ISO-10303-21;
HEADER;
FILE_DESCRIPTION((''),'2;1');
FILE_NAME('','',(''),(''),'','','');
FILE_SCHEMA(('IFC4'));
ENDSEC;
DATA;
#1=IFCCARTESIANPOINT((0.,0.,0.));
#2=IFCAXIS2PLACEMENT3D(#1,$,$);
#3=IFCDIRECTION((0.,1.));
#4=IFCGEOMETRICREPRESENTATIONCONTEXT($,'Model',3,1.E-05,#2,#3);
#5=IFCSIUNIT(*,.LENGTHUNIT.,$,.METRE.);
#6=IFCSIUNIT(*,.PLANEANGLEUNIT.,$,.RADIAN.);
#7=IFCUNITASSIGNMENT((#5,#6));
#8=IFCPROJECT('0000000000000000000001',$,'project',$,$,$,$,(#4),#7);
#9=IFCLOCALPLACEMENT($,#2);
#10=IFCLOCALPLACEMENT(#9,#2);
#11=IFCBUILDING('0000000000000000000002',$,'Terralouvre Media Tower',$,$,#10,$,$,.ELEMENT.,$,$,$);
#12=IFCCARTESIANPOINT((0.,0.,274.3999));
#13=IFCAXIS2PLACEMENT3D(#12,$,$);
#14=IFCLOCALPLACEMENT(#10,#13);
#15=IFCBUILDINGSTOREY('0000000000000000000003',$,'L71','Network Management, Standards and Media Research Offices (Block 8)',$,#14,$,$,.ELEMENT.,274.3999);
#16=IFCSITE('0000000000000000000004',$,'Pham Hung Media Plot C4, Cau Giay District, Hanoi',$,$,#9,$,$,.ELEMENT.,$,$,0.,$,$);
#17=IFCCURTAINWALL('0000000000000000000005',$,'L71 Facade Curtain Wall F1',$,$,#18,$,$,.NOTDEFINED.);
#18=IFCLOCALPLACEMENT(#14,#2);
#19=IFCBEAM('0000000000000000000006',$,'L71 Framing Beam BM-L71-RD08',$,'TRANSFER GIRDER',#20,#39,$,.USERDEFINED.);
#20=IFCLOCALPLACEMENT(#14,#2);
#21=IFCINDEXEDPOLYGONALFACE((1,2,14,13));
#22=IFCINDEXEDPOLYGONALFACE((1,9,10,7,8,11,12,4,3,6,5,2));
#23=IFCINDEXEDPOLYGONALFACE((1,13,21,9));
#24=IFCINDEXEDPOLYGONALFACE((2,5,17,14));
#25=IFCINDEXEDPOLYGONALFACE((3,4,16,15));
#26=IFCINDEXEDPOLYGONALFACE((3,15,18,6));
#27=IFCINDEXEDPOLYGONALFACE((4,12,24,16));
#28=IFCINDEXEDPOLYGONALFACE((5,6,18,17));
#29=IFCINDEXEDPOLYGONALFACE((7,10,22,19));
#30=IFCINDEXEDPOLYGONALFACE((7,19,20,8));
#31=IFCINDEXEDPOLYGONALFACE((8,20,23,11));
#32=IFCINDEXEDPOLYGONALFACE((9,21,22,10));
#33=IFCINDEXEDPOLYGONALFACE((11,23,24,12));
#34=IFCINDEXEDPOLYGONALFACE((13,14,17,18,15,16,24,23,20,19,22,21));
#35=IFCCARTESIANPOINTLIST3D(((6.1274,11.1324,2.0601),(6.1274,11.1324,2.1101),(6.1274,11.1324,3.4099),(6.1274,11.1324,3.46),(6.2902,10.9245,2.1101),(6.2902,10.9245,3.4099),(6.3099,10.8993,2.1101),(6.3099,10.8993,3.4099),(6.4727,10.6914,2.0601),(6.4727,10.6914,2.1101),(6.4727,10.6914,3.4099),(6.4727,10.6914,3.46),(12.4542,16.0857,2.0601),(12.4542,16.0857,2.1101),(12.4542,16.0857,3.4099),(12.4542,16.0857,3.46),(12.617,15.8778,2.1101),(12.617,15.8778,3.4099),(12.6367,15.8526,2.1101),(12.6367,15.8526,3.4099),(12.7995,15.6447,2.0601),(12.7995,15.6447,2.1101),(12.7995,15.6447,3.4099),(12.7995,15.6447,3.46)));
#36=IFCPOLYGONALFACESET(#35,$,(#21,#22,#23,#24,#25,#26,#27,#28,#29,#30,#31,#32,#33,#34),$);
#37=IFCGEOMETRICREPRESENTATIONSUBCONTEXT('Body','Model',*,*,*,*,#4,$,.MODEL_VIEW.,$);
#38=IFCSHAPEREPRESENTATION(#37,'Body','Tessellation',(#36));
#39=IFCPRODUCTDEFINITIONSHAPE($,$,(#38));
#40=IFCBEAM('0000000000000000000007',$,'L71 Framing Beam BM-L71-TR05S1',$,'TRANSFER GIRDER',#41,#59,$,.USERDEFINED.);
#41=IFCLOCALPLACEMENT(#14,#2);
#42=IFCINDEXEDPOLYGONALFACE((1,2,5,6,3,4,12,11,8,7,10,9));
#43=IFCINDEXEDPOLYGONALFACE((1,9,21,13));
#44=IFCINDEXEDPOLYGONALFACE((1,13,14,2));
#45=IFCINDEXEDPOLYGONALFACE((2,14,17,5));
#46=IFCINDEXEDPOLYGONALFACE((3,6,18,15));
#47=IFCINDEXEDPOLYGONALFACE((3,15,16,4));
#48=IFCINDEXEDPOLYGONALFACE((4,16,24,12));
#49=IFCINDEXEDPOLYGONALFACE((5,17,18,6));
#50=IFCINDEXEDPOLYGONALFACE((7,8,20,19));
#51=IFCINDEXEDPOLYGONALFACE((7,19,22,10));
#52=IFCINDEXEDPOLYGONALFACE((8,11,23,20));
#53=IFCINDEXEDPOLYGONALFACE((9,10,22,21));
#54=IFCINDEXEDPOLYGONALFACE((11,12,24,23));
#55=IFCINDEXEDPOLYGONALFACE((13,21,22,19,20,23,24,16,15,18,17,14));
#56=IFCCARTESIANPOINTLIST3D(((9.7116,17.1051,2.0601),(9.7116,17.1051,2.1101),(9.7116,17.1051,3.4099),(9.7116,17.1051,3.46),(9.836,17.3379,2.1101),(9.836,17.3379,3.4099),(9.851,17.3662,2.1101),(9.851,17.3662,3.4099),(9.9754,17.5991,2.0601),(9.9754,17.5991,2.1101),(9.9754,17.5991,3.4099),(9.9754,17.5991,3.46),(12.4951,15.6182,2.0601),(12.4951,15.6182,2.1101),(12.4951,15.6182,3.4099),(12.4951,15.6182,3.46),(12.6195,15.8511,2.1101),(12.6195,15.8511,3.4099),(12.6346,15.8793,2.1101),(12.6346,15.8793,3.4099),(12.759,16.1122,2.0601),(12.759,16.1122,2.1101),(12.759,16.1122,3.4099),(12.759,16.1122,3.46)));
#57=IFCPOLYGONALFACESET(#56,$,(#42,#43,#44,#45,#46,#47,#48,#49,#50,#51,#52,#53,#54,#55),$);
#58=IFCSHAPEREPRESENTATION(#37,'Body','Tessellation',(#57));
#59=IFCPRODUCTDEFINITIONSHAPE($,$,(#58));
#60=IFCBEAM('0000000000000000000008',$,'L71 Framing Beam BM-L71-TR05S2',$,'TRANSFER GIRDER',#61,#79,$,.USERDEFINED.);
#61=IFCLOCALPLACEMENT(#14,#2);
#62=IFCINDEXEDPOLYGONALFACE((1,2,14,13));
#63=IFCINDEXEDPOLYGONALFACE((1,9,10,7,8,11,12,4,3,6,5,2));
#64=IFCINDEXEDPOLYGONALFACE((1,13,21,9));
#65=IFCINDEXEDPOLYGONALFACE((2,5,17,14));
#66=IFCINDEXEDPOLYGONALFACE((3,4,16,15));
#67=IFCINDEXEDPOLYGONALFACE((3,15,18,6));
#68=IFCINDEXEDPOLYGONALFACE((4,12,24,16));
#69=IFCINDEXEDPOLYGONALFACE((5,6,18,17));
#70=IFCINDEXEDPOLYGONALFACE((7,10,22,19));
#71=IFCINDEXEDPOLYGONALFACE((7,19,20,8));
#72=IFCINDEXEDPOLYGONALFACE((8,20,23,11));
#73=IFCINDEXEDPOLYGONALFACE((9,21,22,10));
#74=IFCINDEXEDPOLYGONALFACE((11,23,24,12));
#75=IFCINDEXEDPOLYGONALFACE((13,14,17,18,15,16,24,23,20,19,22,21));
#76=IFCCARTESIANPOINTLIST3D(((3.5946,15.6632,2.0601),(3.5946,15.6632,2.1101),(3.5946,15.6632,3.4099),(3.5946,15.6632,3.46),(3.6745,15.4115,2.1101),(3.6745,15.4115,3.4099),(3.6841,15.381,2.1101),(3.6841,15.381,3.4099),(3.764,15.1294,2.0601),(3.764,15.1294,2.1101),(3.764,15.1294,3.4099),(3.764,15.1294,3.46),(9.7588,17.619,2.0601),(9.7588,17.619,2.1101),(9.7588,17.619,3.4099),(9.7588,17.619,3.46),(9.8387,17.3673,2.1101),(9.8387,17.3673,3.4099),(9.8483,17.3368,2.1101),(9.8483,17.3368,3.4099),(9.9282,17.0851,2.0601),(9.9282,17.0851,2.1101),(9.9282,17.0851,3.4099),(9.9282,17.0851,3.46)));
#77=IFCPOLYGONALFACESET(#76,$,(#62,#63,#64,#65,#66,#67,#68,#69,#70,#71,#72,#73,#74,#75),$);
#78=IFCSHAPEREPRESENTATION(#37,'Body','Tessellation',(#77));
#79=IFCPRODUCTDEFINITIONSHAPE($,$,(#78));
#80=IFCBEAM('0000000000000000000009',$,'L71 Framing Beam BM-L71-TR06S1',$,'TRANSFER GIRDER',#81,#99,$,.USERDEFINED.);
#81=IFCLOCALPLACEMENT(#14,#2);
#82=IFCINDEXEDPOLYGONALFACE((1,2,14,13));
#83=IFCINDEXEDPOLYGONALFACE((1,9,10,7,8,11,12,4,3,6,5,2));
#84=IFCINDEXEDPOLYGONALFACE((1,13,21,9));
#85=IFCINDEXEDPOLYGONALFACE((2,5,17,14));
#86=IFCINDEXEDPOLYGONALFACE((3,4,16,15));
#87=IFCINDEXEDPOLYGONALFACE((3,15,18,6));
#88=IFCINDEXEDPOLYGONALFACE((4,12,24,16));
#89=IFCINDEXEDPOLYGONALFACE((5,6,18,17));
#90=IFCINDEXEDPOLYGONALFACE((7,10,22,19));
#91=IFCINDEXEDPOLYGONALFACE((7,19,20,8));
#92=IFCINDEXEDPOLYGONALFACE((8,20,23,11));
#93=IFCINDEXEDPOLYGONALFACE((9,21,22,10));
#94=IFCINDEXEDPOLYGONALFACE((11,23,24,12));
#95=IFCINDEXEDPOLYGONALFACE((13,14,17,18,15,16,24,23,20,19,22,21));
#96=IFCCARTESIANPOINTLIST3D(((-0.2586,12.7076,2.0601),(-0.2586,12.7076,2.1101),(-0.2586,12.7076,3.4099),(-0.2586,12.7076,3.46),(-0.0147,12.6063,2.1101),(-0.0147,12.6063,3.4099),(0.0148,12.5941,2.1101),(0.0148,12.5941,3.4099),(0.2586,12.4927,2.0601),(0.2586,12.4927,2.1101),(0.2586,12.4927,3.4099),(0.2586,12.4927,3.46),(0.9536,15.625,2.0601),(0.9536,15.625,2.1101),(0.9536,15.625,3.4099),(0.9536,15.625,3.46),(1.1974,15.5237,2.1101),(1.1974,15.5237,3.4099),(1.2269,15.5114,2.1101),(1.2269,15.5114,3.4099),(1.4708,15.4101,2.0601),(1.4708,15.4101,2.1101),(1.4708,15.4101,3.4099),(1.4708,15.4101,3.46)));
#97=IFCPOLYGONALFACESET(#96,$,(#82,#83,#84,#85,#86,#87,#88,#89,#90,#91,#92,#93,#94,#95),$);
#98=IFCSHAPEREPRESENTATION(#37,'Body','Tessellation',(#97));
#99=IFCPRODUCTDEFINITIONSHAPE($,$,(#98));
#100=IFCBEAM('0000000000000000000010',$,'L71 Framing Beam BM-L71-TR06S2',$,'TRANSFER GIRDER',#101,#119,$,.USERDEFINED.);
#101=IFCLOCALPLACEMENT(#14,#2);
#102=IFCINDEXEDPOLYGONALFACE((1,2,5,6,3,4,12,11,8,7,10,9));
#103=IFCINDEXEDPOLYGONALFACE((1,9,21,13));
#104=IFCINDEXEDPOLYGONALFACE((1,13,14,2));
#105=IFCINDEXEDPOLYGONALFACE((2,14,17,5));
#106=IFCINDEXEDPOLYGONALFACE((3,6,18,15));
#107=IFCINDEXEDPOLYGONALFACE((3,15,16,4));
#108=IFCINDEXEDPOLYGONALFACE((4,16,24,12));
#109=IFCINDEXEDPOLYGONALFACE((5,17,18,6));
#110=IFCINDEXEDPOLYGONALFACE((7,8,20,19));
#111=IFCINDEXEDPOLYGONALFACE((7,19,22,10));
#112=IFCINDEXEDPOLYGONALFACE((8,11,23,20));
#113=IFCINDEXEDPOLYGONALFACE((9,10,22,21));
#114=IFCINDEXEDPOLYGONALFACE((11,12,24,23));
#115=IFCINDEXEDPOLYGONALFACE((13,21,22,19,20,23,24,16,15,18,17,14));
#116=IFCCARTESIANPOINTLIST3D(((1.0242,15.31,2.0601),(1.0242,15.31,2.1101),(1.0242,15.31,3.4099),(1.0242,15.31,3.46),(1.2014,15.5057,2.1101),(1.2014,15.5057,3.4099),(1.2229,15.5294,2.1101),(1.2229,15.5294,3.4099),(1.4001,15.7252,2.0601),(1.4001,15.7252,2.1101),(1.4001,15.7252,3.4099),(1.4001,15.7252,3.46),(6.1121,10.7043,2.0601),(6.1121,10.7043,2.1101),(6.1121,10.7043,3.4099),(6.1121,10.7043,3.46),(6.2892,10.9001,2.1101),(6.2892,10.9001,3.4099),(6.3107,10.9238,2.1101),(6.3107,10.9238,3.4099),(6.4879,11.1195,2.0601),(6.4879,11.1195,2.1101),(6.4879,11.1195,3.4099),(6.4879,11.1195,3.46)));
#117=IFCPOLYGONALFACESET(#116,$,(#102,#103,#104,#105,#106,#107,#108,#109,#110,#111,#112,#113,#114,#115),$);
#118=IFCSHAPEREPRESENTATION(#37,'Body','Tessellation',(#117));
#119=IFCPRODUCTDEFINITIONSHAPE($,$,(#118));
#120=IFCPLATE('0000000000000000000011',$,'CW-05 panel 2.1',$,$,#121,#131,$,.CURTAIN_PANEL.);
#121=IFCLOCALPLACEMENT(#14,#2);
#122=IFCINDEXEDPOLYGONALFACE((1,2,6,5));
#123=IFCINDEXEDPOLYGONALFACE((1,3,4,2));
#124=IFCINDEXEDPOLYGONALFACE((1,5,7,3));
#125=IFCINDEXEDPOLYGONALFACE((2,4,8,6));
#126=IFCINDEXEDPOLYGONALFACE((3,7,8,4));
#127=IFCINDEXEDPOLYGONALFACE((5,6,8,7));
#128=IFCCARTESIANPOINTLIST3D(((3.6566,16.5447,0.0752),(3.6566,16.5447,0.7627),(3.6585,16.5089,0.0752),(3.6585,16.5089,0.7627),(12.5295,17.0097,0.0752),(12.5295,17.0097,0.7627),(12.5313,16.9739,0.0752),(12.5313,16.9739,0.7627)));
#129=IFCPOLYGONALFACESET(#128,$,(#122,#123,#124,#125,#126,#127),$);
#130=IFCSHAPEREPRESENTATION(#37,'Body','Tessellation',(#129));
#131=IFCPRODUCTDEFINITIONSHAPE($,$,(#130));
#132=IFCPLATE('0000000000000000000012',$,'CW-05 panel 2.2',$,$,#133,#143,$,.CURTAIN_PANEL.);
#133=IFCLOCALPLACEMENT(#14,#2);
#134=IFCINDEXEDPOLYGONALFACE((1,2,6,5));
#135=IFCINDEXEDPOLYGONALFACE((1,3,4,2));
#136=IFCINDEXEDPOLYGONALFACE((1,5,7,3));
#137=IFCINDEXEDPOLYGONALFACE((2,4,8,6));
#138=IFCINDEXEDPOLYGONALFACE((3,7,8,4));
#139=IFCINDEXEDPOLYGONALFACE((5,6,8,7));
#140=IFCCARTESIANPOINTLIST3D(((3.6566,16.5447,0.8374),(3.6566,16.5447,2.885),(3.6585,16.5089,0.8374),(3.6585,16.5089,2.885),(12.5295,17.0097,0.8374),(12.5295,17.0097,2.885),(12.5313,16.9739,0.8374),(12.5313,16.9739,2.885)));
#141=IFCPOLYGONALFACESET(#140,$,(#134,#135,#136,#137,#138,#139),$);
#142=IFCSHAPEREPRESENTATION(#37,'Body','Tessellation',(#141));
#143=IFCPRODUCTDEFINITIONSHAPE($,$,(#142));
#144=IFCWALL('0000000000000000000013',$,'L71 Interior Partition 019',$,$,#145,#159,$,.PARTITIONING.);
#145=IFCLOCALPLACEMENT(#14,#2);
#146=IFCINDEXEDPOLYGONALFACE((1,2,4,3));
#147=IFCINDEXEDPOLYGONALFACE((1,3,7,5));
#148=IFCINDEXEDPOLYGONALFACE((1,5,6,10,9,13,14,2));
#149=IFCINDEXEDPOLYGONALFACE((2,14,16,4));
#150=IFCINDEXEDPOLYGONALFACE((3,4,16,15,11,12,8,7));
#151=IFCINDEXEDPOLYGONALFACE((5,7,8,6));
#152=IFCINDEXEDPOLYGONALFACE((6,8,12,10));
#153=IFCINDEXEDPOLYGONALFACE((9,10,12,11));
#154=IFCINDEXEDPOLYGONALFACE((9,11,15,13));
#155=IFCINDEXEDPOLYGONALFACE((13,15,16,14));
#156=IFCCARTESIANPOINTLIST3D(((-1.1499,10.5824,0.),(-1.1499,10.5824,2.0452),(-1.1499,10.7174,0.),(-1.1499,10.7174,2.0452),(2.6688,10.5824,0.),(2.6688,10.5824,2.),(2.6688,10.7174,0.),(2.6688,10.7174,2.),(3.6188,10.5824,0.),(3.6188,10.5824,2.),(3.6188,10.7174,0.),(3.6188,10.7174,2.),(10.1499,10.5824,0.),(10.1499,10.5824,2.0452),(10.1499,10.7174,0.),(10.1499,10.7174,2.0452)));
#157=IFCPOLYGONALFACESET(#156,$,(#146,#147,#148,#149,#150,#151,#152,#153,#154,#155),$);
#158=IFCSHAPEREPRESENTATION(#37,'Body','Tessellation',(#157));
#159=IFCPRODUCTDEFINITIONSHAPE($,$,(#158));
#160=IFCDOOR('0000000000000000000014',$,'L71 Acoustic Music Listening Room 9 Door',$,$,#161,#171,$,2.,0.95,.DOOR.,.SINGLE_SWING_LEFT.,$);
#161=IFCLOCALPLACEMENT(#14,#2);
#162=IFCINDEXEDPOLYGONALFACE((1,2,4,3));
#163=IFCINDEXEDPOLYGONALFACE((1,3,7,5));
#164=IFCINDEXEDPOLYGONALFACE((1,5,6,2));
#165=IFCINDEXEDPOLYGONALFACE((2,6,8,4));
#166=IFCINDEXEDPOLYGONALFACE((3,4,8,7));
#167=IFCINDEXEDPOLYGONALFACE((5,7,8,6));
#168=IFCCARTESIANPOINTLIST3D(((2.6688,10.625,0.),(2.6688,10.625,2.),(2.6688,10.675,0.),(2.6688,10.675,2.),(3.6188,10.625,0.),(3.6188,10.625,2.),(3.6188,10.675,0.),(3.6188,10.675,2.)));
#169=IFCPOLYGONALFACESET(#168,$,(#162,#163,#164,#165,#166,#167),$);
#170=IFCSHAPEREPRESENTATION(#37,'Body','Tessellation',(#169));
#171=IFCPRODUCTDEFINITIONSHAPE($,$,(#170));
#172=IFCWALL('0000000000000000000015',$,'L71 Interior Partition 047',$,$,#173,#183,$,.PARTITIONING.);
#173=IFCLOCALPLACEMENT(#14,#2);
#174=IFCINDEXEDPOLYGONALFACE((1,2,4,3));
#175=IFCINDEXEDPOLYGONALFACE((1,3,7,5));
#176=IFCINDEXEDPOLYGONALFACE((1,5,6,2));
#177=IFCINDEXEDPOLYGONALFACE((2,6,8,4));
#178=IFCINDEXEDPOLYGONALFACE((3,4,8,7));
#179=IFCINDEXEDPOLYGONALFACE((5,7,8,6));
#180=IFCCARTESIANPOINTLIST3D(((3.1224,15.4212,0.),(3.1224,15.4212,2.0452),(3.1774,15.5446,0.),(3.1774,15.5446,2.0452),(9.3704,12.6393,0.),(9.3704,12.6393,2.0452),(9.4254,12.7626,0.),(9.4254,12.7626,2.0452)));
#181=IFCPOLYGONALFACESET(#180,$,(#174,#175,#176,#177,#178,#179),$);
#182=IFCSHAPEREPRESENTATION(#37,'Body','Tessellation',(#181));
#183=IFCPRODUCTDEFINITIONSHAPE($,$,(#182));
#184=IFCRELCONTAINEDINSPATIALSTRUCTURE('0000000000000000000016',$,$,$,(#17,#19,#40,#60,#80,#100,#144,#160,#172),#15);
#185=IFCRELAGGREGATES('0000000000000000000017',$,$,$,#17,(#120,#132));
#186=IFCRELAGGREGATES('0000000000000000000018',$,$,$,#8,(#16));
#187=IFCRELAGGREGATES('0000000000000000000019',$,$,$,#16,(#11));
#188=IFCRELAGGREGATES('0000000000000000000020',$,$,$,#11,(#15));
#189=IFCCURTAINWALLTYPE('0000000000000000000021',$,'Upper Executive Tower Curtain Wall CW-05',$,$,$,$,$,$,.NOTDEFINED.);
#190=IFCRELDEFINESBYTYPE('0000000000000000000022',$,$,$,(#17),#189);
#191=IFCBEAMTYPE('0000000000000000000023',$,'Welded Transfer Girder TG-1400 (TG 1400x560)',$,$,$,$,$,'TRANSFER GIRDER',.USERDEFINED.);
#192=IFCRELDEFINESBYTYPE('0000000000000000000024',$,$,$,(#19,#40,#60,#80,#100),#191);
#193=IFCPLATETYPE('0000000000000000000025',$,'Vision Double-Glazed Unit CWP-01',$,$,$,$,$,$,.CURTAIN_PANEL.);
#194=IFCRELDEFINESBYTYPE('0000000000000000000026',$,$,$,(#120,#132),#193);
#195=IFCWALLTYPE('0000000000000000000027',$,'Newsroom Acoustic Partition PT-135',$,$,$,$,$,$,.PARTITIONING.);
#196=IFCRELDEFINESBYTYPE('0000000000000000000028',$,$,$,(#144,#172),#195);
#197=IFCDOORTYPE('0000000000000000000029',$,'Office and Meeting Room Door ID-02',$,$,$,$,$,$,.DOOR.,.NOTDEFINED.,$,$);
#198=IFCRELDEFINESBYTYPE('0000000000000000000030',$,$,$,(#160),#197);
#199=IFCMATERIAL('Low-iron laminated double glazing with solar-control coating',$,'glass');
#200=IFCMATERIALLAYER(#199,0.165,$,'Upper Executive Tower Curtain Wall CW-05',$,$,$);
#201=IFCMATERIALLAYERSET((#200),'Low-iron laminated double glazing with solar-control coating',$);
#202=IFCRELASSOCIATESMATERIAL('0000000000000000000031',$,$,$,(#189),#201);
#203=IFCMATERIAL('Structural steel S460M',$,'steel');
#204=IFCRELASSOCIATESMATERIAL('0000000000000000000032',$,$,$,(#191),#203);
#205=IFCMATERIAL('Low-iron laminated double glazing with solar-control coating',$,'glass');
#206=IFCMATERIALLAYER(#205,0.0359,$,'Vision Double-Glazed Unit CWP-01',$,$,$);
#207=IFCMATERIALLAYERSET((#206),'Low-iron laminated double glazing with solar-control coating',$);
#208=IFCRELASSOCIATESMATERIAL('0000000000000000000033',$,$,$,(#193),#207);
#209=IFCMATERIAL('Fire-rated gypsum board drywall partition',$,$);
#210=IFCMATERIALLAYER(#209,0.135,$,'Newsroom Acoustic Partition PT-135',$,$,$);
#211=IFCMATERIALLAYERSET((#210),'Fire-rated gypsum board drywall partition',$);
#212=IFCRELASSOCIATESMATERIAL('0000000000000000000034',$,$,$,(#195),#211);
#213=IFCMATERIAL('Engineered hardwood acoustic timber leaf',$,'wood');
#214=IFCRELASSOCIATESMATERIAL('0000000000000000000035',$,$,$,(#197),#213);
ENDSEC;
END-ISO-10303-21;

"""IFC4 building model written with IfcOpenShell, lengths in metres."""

from ifc_helpers import new_model, si_unit, direction, frame, frame_2d, origin, origin_2d, place, context, subcontext, project, spatial, rectangle, i_section, extrude, material, layer, layer_set, material_profile, profile_set, type_object, element, fill, aggregate, save


model = new_model("IFC4")

# Units and contexts
model_context = context("Model", 3, precision=1e-05, world=origin(), true_north=direction((0.0, 1.0)))
body_context = subcontext(model_context, "Body", "Model", "MODEL_VIEW")
ifc_project = project(units=[si_unit("LENGTHUNIT", "METRE"), si_unit("PLANEANGLEUNIT", "RADIAN")], contexts=[model_context])

# Site, building, storey
site_placement = place(None, origin())
site = spatial("IfcSite", under=ifc_project, at=site_placement, Name="Pham Hung Media Plot C4, Cau Giay District, Hanoi", CompositionType="ELEMENT", RefElevation=0.0)
building_placement = place(site_placement, origin())
building = spatial("IfcBuilding", under=site, at=building_placement, Name="Terralouvre Media Tower", CompositionType="ELEMENT")
storey_placement = place(building_placement, frame((0.0, 0.0, 274.3999)))
storey = spatial("IfcBuildingStorey", under=building, at=storey_placement, Name="L71", Description="Network Management, Standards and Media Research Offices (Block 8)", CompositionType="ELEMENT", Elevation=274.3999)

# Curtain wall
ifc_material_1 = material(Name="Low-iron laminated double glazing with solar-control coating", Category="glass")
ifc_layer_1 = layer(ifc_material_1, 0.165, Name="Upper Executive Tower Curtain Wall CW-05")
ifc_layer_set_1 = layer_set([ifc_layer_1], Name="Low-iron laminated double glazing with solar-control coating")
curtain_wall_type = type_object("IfcCurtainWallType", Name="Upper Executive Tower Curtain Wall CW-05", PredefinedType="NOTDEFINED", material=ifc_layer_set_1)
curtain_wall_placement = place(storey_placement, origin())
curtain_wall = element("IfcCurtainWall", 1, at=curtain_wall_placement, inside=storey, type_object=curtain_wall_type, Name="L71 Facade Curtain Wall F1", PredefinedType="NOTDEFINED")

# Beams
ifc_material_2 = material(Name="Structural steel S460M", Category="steel")
ifc_material_profile_1 = material_profile(ifc_material_2, i_section(OverallWidth=0.5601, OverallDepth=1.3999, WebThickness=0.032, FlangeThickness=0.05, at=origin_2d()), Name="TG 1400x560")
ifc_profile_set_1 = profile_set([ifc_material_profile_1], Name="Structural steel S460M")
beam_type_1 = type_object("IfcBeamType", Name="Welded Transfer Girder TG-1400 (TG 1400x560)", ElementType="TRANSFER GIRDER", PredefinedType="USERDEFINED", material=ifc_profile_set_1)
beam_1_placement = place(storey_placement, frame((6.3, 10.9119, 2.76), z_axis=(0.787392, 0.616453, 0.0), x_axis=(-0.616453, 0.787392, 0.0)))
element("IfcBeam", 2, at=beam_1_placement, inside=storey, type_object=beam_type_1, Name="L71 Framing Beam BM-L71-RD08", ObjectType="TRANSFER GIRDER", PredefinedType="USERDEFINED", context=body_context, shape_type="SweptSolid", body=[
    extrude(i_section(OverallWidth=0.5601, OverallDepth=1.3999, WebThickness=0.032, FlangeThickness=0.05, at=origin_2d()), origin(), (0.0, 0.0, 1.0), 8.0352),
])
beam_2_placement = place(storey_placement, frame((9.8435, 17.3521, 2.76), z_axis=(0.882049, -0.471158, 0.0), x_axis=(0.471158, 0.882049, 0.0)))
element("IfcBeam", 3, at=beam_2_placement, inside=storey, type_object=beam_type_1, Name="L71 Framing Beam BM-L71-TR05S1", ObjectType="TRANSFER GIRDER", PredefinedType="USERDEFINED", context=body_context, shape_type="SweptSolid", body=[
    extrude(i_section(OverallWidth=0.5601, OverallDepth=1.3999, WebThickness=0.032, FlangeThickness=0.05, at=origin_2d()), origin(), (0.0, 0.0, 1.0), 3.1558),
])
beam_3_placement = place(storey_placement, frame((9.8435, 17.3521, 2.76), z_axis=(-0.953174, -0.302423, 0.0), x_axis=(0.302423, -0.953174, 0.0)))
element("IfcBeam", 4, at=beam_3_placement, inside=storey, type_object=beam_type_1, Name="L71 Framing Beam BM-L71-TR05S2", ObjectType="TRANSFER GIRDER", PredefinedType="USERDEFINED", context=body_context, shape_type="SweptSolid", body=[
    extrude(i_section(OverallWidth=0.5601, OverallDepth=1.3999, WebThickness=0.032, FlangeThickness=0.05, at=origin_2d()), origin(), (0.0, 0.0, 1.0), 6.467),
])
beam_4_placement = place(storey_placement, frame((1.2122, 15.5176, 2.76), z_axis=(-0.383682, -0.923465, 0.0), x_axis=(0.923465, -0.383682, 0.0)))
element("IfcBeam", 5, at=beam_4_placement, inside=storey, type_object=beam_type_1, Name="L71 Framing Beam BM-L71-TR06S1", ObjectType="TRANSFER GIRDER", PredefinedType="USERDEFINED", context=body_context, shape_type="SweptSolid", body=[
    extrude(i_section(OverallWidth=0.5601, OverallDepth=1.3999, WebThickness=0.032, FlangeThickness=0.05, at=origin_2d()), origin(), (0.0, 0.0, 1.0), 3.1592),
])
beam_5_placement = place(storey_placement, frame((1.2122, 15.5176, 2.76), z_axis=(0.741363, -0.671104, 0.0), x_axis=(0.671104, 0.741363, 0.0)))
element("IfcBeam", 6, at=beam_5_placement, inside=storey, type_object=beam_type_1, Name="L71 Framing Beam BM-L71-TR06S2", ObjectType="TRANSFER GIRDER", PredefinedType="USERDEFINED", context=body_context, shape_type="SweptSolid", body=[
    extrude(i_section(OverallWidth=0.5601, OverallDepth=1.3999, WebThickness=0.032, FlangeThickness=0.05, at=origin_2d()), origin(), (0.0, 0.0, 1.0), 6.8628),
])

# Plates
ifc_material_3 = material(Name="Low-iron laminated double glazing with solar-control coating", Category="glass")
ifc_layer_2 = layer(ifc_material_3, 0.0359, Name="Vision Double-Glazed Unit CWP-01")
ifc_layer_set_2 = layer_set([ifc_layer_2], Name="Low-iron laminated double glazing with solar-control coating")
plate_type = type_object("IfcPlateType", Name="Vision Double-Glazed Unit CWP-01", PredefinedType="CURTAIN_PANEL", material=ifc_layer_set_2)
plate_1_placement = place(storey_placement, frame((8.094, 16.7593, 0.0752), z_axis=(0.0, 0.0, 1.0), x_axis=(-0.99863, -0.052336, 0.0)))
plate_1 = element("IfcPlate", 7, at=plate_1_placement, type_object=plate_type, Name="CW-05 panel 2.1", PredefinedType="CURTAIN_PANEL", context=body_context, shape_type="SweptSolid", body=[
    extrude(rectangle(XDim=8.885, YDim=0.0359, at=origin_2d()), origin(), (0.0, 0.0, 1.0), 0.6875),
])
plate_2_placement = place(storey_placement, frame((8.094, 16.7593, 0.8374), z_axis=(0.0, 0.0, 1.0), x_axis=(-0.99863, -0.052336, 0.0)))
plate_2 = element("IfcPlate", 8, at=plate_2_placement, type_object=plate_type, Name="CW-05 panel 2.2", PredefinedType="CURTAIN_PANEL", context=body_context, shape_type="SweptSolid", body=[
    extrude(rectangle(XDim=8.885, YDim=0.0359, at=origin_2d()), origin(), (0.0, 0.0, 1.0), 2.0476),
])
aggregate(curtain_wall, [plate_1, plate_2])

# Wall, opening, door
ifc_material_4 = material(Name="Fire-rated gypsum board drywall partition")
ifc_layer_3 = layer(ifc_material_4, 0.135, Name="Newsroom Acoustic Partition PT-135")
ifc_layer_set_3 = layer_set([ifc_layer_3], Name="Fire-rated gypsum board drywall partition")
wall_type = type_object("IfcWallType", Name="Newsroom Acoustic Partition PT-135", PredefinedType="PARTITIONING", material=ifc_layer_set_3)
wall_1_placement = place(storey_placement, frame((10.1499, 10.6499, 0.0), z_axis=(0.0, 0.0, 1.0), x_axis=(-1.0, 0.0, 0.0)))
wall_1 = element("IfcWall", 9, at=wall_1_placement, inside=storey, type_object=wall_type, Name="L71 Interior Partition 019", PredefinedType="PARTITIONING", context=body_context, shape_type="SweptSolid", body=[
    extrude(rectangle(XDim=11.2998, YDim=0.135, at=frame_2d((5.6499, 0.0))), origin(), (0.0, 0.0, 1.0), 2.0452),
])
opening_placement = place(wall_1_placement, frame((6.531, 0.0, 0.0)))
opening = element("IfcOpeningElement", 10, at=opening_placement, cuts=wall_1, PredefinedType="OPENING", context=body_context, shape_type="SweptSolid", body=[
    extrude(rectangle(XDim=0.95, YDim=2.0, at=frame_2d((0.4751, 1.0))), frame((0.0, 0.0774, 0.0), z_axis=(0.0, -1.0, 0.0), x_axis=(1.0, 0.0, 0.0)), (0.0, 0.0, 1.0), 0.155),
])
ifc_material_5 = material(Name="Engineered hardwood acoustic timber leaf", Category="wood")
door_type = type_object("IfcDoorType", Name="Office and Meeting Room Door ID-02", OperationType="NOTDEFINED", PredefinedType="DOOR", material=ifc_material_5)
door_placement = place(opening_placement, origin())
door = element("IfcDoor", 11, at=door_placement, inside=storey, type_object=door_type, Name="L71 Acoustic Music Listening Room 9 Door", OperationType="SINGLE_SWING_LEFT", OverallHeight=2.0, OverallWidth=0.95, PredefinedType="DOOR", context=body_context, shape_type="SweptSolid", body=[
    extrude(rectangle(XDim=0.95, YDim=2.0, at=frame_2d((0.4751, 1.0))), frame((0.0, 0.0249, 0.0), z_axis=(0.0, -1.0, 0.0), x_axis=(1.0, 0.0, 0.0)), (0.0, 0.0, 1.0), 0.05),
])
fill(opening, door)

# Wall
wall_2_placement = place(storey_placement, frame((3.1499, 15.4829, 0.0), z_axis=(0.0, 0.0, 1.0), x_axis=(0.913536, -0.406758, 0.0)))
element("IfcWall", 12, at=wall_2_placement, inside=storey, type_object=wall_type, Name="L71 Interior Partition 047", PredefinedType="PARTITIONING", context=body_context, shape_type="SweptSolid", body=[
    extrude(rectangle(XDim=6.8394, YDim=0.135, at=frame_2d((3.4197, 0.0))), origin(), (0.0, 0.0, 1.0), 2.0452),
])

save(model, "model.ifc")
